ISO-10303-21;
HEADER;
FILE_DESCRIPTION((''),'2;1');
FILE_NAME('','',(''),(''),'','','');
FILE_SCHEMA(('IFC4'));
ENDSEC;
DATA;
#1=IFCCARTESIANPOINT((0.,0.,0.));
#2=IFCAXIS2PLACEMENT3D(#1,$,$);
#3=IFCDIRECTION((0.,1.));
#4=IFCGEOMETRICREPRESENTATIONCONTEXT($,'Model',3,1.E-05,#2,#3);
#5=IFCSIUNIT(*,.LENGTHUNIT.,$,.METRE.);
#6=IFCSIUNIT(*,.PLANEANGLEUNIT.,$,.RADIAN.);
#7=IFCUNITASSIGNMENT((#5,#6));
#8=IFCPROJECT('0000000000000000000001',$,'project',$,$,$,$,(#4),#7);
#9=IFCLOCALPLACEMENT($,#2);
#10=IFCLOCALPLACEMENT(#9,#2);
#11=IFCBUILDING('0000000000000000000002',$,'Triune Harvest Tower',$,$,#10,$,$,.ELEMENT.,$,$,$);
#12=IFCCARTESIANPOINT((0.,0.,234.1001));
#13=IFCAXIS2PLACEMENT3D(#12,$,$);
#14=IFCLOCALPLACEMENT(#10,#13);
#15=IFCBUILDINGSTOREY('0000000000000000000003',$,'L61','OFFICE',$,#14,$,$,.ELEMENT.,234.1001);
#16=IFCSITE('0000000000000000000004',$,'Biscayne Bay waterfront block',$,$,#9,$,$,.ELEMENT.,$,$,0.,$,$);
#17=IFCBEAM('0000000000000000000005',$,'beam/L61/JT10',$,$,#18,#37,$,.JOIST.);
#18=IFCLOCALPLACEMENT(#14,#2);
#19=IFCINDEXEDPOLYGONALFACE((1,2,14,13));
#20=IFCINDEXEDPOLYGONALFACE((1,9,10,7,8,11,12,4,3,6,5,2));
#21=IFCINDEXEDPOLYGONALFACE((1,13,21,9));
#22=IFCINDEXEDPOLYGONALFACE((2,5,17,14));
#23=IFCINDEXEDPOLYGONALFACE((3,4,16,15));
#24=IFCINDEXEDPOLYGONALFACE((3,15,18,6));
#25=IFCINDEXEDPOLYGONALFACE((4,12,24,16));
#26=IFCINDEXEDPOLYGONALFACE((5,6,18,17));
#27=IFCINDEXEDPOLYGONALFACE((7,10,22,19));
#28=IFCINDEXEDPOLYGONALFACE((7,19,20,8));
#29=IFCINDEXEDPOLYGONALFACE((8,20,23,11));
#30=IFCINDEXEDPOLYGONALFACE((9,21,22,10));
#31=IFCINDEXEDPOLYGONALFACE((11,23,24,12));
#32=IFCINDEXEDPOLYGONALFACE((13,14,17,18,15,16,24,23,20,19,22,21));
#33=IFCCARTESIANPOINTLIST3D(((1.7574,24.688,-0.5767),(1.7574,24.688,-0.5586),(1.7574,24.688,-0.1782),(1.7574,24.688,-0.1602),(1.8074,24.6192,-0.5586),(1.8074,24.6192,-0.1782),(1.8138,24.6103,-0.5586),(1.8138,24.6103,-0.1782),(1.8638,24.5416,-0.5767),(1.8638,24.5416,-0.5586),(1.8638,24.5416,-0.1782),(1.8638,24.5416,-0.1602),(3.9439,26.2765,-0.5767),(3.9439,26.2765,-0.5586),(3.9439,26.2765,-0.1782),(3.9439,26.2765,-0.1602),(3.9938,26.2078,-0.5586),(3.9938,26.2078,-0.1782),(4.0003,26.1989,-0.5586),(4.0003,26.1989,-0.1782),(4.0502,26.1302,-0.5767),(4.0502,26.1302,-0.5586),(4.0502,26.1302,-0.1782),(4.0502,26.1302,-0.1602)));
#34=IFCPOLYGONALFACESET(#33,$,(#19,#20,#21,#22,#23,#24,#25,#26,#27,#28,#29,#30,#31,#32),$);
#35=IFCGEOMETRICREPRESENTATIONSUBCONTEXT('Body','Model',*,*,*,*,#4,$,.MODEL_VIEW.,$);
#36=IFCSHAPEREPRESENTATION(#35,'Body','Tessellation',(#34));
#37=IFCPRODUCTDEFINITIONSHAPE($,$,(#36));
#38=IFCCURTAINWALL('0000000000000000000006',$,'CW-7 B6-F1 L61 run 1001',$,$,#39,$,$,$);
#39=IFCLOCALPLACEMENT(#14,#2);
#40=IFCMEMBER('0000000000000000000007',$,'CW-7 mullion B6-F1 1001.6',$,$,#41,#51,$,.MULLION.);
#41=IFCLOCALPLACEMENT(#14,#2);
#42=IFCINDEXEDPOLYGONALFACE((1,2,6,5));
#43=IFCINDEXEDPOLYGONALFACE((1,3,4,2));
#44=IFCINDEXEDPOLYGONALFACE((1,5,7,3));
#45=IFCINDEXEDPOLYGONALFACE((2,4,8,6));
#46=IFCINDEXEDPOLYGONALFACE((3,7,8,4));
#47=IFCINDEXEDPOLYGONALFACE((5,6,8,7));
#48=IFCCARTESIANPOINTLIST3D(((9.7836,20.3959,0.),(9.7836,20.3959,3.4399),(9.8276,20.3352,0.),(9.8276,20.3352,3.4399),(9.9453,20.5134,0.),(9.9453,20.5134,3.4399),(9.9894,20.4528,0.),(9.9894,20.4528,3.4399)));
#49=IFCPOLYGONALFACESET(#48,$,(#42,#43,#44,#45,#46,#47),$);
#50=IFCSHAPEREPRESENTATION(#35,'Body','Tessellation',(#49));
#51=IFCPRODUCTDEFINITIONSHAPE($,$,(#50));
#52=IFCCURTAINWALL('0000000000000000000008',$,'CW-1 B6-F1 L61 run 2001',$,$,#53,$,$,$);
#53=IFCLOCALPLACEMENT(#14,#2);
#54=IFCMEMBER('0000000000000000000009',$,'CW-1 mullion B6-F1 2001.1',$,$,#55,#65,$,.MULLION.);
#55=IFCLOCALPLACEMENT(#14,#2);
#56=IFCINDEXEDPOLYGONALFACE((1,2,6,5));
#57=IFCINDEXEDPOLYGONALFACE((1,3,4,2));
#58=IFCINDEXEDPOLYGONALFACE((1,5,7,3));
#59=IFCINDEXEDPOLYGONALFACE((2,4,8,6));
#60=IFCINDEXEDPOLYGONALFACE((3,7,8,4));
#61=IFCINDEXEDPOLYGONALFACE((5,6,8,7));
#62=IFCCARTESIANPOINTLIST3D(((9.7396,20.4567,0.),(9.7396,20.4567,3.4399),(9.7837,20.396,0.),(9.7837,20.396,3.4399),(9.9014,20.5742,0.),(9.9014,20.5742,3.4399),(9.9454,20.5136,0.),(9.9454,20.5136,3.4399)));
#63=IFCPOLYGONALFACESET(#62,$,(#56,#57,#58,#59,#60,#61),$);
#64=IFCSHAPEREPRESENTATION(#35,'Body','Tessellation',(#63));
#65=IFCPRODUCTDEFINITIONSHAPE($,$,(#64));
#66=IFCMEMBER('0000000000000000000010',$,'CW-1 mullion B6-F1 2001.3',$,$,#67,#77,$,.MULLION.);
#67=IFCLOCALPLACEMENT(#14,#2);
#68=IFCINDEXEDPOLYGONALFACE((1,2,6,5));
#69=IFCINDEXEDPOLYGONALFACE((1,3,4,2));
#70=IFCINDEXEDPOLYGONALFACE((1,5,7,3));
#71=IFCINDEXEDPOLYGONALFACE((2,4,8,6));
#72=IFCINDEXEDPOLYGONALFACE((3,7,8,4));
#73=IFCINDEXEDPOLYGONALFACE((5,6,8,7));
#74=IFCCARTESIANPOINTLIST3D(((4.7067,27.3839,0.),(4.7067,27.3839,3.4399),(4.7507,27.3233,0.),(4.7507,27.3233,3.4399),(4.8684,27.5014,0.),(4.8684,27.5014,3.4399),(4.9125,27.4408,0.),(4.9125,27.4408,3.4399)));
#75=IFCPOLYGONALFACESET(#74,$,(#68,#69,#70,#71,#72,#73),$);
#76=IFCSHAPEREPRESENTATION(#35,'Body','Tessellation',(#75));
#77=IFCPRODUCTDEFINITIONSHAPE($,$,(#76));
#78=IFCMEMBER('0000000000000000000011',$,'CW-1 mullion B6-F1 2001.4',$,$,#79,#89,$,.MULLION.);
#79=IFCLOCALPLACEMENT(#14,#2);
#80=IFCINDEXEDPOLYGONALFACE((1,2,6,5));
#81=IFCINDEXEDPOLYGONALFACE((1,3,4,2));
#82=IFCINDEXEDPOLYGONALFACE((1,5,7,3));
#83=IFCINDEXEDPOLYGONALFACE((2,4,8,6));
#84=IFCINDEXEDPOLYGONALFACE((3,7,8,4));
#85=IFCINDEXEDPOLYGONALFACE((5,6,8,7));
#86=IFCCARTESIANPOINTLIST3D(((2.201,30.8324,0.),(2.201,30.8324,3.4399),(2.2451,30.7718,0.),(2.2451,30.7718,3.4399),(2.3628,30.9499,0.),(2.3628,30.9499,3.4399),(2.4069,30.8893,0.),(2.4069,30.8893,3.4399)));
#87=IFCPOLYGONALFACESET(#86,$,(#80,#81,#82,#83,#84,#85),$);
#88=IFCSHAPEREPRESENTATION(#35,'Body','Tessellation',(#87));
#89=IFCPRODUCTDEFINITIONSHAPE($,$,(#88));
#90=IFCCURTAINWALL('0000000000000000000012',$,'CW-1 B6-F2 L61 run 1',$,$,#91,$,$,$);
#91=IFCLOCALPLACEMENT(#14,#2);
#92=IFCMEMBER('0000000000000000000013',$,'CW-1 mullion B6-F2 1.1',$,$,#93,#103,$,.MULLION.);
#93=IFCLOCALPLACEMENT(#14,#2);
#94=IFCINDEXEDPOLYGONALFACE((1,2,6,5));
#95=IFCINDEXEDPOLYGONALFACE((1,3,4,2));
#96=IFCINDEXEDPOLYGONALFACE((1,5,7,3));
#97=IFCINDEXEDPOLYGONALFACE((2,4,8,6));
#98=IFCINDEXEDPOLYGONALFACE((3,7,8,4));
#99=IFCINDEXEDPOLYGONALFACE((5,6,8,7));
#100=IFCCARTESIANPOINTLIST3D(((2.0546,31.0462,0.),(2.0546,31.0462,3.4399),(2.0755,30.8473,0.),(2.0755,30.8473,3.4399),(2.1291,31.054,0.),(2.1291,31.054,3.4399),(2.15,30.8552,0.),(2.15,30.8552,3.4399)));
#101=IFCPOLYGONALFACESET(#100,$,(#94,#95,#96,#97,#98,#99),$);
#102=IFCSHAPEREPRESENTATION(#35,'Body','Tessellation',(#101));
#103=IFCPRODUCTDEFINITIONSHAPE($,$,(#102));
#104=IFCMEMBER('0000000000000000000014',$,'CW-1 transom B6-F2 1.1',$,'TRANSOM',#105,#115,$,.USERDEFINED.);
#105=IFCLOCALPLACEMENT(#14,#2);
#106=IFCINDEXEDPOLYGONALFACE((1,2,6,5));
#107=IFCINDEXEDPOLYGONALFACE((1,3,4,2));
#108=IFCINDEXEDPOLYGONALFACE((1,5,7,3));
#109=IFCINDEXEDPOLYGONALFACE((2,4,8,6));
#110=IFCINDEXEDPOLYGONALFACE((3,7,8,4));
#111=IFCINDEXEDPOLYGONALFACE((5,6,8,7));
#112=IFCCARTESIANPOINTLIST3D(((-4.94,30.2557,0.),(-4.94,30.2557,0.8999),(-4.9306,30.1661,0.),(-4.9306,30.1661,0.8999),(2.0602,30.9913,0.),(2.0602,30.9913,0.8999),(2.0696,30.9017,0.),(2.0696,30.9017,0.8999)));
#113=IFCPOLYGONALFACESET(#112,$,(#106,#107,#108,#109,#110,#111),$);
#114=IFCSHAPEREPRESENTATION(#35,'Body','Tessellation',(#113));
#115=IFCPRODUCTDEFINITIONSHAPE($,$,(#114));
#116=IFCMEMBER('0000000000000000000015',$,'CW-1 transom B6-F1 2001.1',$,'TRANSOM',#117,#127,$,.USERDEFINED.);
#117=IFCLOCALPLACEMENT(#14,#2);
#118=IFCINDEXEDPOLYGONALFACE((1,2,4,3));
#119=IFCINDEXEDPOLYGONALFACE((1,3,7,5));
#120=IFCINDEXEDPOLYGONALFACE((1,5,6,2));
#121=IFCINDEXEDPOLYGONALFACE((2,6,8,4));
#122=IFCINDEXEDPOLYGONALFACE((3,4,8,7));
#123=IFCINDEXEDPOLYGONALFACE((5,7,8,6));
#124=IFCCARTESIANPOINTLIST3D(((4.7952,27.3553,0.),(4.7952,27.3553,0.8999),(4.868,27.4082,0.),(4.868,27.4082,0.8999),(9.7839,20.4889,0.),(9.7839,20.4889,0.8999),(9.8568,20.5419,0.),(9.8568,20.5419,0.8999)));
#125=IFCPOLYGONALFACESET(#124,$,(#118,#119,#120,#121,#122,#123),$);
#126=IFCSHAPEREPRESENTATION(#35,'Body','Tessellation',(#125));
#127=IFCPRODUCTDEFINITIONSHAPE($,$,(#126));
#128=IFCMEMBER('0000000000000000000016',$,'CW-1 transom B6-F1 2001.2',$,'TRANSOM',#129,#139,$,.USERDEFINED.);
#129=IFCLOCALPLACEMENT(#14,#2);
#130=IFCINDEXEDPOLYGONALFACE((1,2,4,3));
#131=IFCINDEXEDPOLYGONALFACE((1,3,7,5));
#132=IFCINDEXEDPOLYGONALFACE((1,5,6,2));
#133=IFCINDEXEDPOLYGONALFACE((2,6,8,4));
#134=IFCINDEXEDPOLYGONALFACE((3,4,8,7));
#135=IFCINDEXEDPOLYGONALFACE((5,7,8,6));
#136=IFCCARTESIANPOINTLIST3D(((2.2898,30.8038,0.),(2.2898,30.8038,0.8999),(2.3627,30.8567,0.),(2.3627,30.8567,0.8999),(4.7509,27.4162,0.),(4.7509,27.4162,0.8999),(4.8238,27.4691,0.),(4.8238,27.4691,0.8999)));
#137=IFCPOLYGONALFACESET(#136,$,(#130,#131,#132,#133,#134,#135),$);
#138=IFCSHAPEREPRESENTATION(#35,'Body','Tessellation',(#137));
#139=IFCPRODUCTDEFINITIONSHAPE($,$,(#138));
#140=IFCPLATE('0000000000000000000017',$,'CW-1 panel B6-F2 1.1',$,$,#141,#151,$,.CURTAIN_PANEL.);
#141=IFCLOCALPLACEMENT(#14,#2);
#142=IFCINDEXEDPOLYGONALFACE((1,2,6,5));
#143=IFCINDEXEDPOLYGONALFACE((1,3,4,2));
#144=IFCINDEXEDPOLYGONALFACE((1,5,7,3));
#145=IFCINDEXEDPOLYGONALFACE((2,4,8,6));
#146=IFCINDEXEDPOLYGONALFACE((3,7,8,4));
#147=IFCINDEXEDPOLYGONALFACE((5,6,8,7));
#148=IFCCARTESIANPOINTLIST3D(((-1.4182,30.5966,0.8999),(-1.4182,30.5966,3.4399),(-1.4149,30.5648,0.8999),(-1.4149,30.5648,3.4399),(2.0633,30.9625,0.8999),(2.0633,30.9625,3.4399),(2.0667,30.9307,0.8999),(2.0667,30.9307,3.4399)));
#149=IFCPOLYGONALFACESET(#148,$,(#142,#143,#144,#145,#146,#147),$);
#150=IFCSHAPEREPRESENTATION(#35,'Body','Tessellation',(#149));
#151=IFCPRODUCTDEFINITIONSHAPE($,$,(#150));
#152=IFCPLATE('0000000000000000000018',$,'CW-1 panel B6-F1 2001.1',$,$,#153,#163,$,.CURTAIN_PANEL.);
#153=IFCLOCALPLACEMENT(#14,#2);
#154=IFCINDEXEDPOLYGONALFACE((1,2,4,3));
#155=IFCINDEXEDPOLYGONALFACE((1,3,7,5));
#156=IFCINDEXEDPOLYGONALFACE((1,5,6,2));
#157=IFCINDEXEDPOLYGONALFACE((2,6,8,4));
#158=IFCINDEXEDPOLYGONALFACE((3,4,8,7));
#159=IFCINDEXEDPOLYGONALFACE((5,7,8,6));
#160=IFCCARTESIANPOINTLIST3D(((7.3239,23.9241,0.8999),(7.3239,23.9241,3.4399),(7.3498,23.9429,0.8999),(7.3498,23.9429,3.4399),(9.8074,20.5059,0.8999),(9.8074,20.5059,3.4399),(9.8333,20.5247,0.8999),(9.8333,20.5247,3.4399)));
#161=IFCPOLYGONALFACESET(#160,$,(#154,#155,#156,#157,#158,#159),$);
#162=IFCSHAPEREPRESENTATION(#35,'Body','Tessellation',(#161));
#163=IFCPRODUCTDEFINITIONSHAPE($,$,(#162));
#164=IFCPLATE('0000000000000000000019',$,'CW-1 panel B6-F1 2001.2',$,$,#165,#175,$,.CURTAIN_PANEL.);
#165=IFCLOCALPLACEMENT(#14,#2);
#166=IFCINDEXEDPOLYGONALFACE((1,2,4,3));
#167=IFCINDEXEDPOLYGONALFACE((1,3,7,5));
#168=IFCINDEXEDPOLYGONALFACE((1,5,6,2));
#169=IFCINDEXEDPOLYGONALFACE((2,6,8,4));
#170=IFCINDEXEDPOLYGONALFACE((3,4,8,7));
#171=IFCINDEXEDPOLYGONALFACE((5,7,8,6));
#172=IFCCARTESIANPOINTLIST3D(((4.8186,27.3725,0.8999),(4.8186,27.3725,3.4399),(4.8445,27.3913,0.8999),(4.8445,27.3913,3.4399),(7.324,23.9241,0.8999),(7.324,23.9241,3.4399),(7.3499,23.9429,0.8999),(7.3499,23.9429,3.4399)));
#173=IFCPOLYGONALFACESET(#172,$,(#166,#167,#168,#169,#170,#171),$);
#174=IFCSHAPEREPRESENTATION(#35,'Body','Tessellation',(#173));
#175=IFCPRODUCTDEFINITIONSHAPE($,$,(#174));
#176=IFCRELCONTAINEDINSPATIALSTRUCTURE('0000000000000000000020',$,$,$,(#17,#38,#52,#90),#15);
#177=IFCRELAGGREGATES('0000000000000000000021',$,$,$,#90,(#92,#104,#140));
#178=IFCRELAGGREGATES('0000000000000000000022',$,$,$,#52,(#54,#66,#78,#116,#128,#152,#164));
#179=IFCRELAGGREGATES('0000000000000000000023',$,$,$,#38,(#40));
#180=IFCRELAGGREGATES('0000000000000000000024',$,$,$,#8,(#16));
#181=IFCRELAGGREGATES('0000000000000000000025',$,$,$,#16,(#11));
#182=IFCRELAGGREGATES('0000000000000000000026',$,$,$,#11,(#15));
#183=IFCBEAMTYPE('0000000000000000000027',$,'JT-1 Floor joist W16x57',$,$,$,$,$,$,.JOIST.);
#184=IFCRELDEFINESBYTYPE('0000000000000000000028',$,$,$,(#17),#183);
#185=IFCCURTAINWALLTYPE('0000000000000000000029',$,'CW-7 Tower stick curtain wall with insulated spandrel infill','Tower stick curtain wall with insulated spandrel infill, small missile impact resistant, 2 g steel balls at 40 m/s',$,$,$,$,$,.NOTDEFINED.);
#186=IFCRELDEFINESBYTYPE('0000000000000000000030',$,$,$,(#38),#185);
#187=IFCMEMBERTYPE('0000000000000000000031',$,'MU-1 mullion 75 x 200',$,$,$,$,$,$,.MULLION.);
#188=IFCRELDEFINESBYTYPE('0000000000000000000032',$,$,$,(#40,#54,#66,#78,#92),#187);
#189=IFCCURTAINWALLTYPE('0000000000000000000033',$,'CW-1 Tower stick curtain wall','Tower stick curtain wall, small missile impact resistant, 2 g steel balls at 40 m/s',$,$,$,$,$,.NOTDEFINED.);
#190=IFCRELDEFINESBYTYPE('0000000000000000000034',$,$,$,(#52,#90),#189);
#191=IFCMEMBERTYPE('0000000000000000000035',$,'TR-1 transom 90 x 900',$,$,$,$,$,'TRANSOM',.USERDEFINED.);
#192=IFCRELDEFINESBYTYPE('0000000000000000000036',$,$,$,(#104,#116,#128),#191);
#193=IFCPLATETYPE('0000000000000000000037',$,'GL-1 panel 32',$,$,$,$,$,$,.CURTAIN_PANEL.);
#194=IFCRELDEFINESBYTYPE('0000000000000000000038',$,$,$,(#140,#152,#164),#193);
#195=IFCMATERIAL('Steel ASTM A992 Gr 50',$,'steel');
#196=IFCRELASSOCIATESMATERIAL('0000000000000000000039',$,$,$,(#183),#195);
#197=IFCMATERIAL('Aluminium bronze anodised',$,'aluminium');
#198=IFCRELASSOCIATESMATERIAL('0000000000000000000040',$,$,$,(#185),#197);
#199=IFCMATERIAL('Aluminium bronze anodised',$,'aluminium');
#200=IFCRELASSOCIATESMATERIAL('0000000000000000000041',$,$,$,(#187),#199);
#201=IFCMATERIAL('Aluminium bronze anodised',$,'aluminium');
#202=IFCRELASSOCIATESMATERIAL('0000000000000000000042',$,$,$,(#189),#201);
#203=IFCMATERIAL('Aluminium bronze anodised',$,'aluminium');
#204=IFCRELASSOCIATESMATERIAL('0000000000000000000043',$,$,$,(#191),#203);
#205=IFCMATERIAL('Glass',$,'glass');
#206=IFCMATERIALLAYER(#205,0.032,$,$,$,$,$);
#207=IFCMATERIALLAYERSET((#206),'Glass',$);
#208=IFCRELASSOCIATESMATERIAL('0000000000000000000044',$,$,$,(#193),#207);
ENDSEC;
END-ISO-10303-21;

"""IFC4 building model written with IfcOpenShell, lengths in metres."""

from ifc_helpers import new_model, si_unit, direction, frame, origin, origin_2d, place, context, subcontext, project, spatial, rectangle, i_section, extrude, source, transform, mapped, material, layer, layer_set, material_profile, profile_set, type_object, element, aggregate, save


model = new_model("IFC4")

# Units and contexts
model_context = context("Model", 3, precision=1e-05, world=origin(), true_north=direction((0.0, 1.0)))
body_context = subcontext(model_context, "Body", "Model", "MODEL_VIEW")
ifc_project = project(units=[si_unit("LENGTHUNIT", "METRE"), si_unit("PLANEANGLEUNIT", "RADIAN")], contexts=[model_context])

# Site, building, storey
site_placement = place(None, origin())
site = spatial("IfcSite", under=ifc_project, at=site_placement, Name="Biscayne Bay waterfront block", CompositionType="ELEMENT", RefElevation=0.0)
building_placement = place(site_placement, origin())
building = spatial("IfcBuilding", under=site, at=building_placement, Name="Triune Harvest Tower", CompositionType="ELEMENT")
storey_placement = place(building_placement, frame((0.0, 0.0, 234.1001)))
storey = spatial("IfcBuildingStorey", under=building, at=storey_placement, Name="L61", Description="OFFICE", CompositionType="ELEMENT", Elevation=234.1001)

# Beam
ifc_material_1 = material(Name="Steel ASTM A992 Gr 50", Category="steel")
ifc_material_profile_1 = material_profile(ifc_material_1, i_section(OverallWidth=0.1809, OverallDepth=0.4165, WebThickness=0.011, FlangeThickness=0.0181, at=origin_2d()), Name="W16x57")
ifc_profile_set_1 = profile_set([ifc_material_profile_1], Name="Steel ASTM A992 Gr 50")
beam_type_1 = type_object("IfcBeamType", Name="JT-1 Floor joist W16x57", PredefinedType="JOIST", material=ifc_profile_set_1)
shared_shape_1 = source(origin(), body_context, "Body", "SweptSolid", [
    extrude(i_section(OverallWidth=0.1809, OverallDepth=0.4165, WebThickness=0.011, FlangeThickness=0.0181, at=origin_2d()), origin(), (0.0, 0.0, 1.0), 2.7026),
])
beam_1_placement = place(storey_placement, frame((3.9971, 26.2034, -0.3684), z_axis=(-0.809013, -0.58779, 0.0), x_axis=(0.58779, -0.809013, 0.0)))
element("IfcBeam", 1, at=beam_1_placement, inside=storey, type_object=beam_type_1, Name="beam/L61/JT10", PredefinedType="JOIST", context=body_context, shape_type="MappedRepresentation", body=[
    mapped(shared_shape_1, transform((0.0, 0.0, 0.0), scale=1.0)),
])

# Curtain wall, member
ifc_material_2 = material(Name="Aluminium bronze anodised", Category="aluminium")
curtain_wall_type_1 = type_object("IfcCurtainWallType", Name="CW-7 Tower stick curtain wall with insulated spandrel infill", Description="Tower stick curtain wall with insulated spandrel infill, small missile impact resistant, 2 g steel balls at 40 m/s", PredefinedType="NOTDEFINED", material=ifc_material_2)
curtain_wall_1_placement = place(storey_placement, origin())
curtain_wall_1 = element("IfcCurtainWall", 2, at=curtain_wall_1_placement, inside=storey, type_object=curtain_wall_type_1, Name="CW-7 B6-F1 L61 run 1001")
ifc_material_3 = material(Name="Aluminium bronze anodised", Category="aluminium")
ifc_material_profile_2 = material_profile(ifc_material_3, rectangle(XDim=0.2, YDim=0.075, at=origin_2d()), Name="MU-1 mullion 75 x 200")
ifc_profile_set_2 = profile_set([ifc_material_profile_2], Name="Aluminium bronze anodised")
member_type_1 = type_object("IfcMemberType", Name="MU-1 mullion 75 x 200", PredefinedType="MULLION", material=ifc_profile_set_2)
shared_shape_2 = source(origin(), body_context, "Body", "SweptSolid", [
    extrude(rectangle(XDim=0.2, YDim=0.075, at=origin_2d()), origin(), (0.0, 0.0, 1.0), 3.4399),
])
member_1_placement = place(storey_placement, frame((9.8865, 20.4243, 0.0), z_axis=(0.0, 0.0, 1.0), x_axis=(-0.809017, -0.587785, 0.0)))
member_1 = element("IfcMember", 3, at=member_1_placement, type_object=member_type_1, Name="CW-7 mullion B6-F1 1001.6", PredefinedType="MULLION", context=body_context, shape_type="MappedRepresentation", body=[
    mapped(shared_shape_2, transform((0.0, 0.0, 0.0), scale=1.0)),
])

# Curtain walls, members
ifc_material_4 = material(Name="Aluminium bronze anodised", Category="aluminium")
curtain_wall_type_2 = type_object("IfcCurtainWallType", Name="CW-1 Tower stick curtain wall", Description="Tower stick curtain wall, small missile impact resistant, 2 g steel balls at 40 m/s", PredefinedType="NOTDEFINED", material=ifc_material_4)
curtain_wall_2_placement = place(storey_placement, origin())
curtain_wall_2 = element("IfcCurtainWall", 4, at=curtain_wall_2_placement, inside=storey, type_object=curtain_wall_type_2, Name="CW-1 B6-F1 L61 run 2001")
member_2_placement = place(storey_placement, frame((9.8425, 20.4851, 0.0), z_axis=(0.0, 0.0, 1.0), x_axis=(-0.809016, -0.587786, 0.0)))
member_2 = element("IfcMember", 5, at=member_2_placement, type_object=member_type_1, Name="CW-1 mullion B6-F1 2001.1", PredefinedType="MULLION", context=body_context, shape_type="MappedRepresentation", body=[
    mapped(shared_shape_2, transform((0.0, 0.0, 0.0), scale=1.0)),
])
member_3_placement = place(storey_placement, frame((4.8096, 27.4124, 0.0), z_axis=(0.0, 0.0, 1.0), x_axis=(-0.809016, -0.587786, 0.0)))
member_3 = element("IfcMember", 6, at=member_3_placement, type_object=member_type_1, Name="CW-1 mullion B6-F1 2001.3", PredefinedType="MULLION", context=body_context, shape_type="MappedRepresentation", body=[
    mapped(shared_shape_2, transform((0.0, 0.0, 0.0), scale=1.0)),
])
member_4_placement = place(storey_placement, frame((2.304, 30.8608, 0.0), z_axis=(0.0, 0.0, 1.0), x_axis=(-0.809016, -0.587786, 0.0)))
member_4 = element("IfcMember", 7, at=member_4_placement, type_object=member_type_1, Name="CW-1 mullion B6-F1 2001.4", PredefinedType="MULLION", context=body_context, shape_type="MappedRepresentation", body=[
    mapped(shared_shape_2, transform((0.0, 0.0, 0.0), scale=1.0)),
])
curtain_wall_3_placement = place(storey_placement, origin())
curtain_wall_3 = element("IfcCurtainWall", 8, at=curtain_wall_3_placement, inside=storey, type_object=curtain_wall_type_2, Name="CW-1 B6-F2 L61 run 1")
member_5_placement = place(storey_placement, frame((2.1023, 30.9507, 0.0), z_axis=(0.0, 0.0, 1.0), x_axis=(0.10453, -0.994522, 0.0)))
member_5 = element("IfcMember", 9, at=member_5_placement, type_object=member_type_1, Name="CW-1 mullion B6-F2 1.1", PredefinedType="MULLION", context=body_context, shape_type="MappedRepresentation", body=[
    mapped(shared_shape_2, transform((0.0, 0.0, 0.0), scale=1.0)),
])
ifc_material_5 = material(Name="Aluminium bronze anodised", Category="aluminium")
ifc_material_profile_3 = material_profile(ifc_material_5, rectangle(XDim=0.0901, YDim=0.8999, at=origin_2d()), Name="TR-1 transom 90 x 900")
ifc_profile_set_3 = profile_set([ifc_material_profile_3], Name="Aluminium bronze anodised")
member_type_2 = type_object("IfcMemberType", Name="TR-1 transom 90 x 900", ElementType="TRANSOM", PredefinedType="USERDEFINED", material=ifc_profile_set_3)
shared_shape_3 = source(origin(), body_context, "Body", "SweptSolid", [
    extrude(rectangle(XDim=0.0901, YDim=0.8999, at=origin_2d()), origin(), (0.0, 0.0, 1.0), 7.0388),
])
member_6_placement = place(storey_placement, frame((2.0649, 30.9465, 0.45), z_axis=(-0.994524, -0.104506, 0.0), x_axis=(0.104506, -0.994524, 0.0)))
member_6 = element("IfcMember", 10, at=member_6_placement, type_object=member_type_2, Name="CW-1 transom B6-F2 1.1", ObjectType="TRANSOM", PredefinedType="USERDEFINED", context=body_context, shape_type="MappedRepresentation", body=[
    mapped(shared_shape_3, transform((0.0, 0.0, 0.0), scale=1.0)),
])

# Members
shared_shape_4 = source(origin(), body_context, "Body", "SweptSolid", [
    extrude(rectangle(XDim=0.0901, YDim=0.8999, at=origin_2d()), origin(), (0.0, 0.0, 1.0), 8.4873),
])
member_7_placement = place(storey_placement, frame((9.8203, 20.5154, 0.45), z_axis=(-0.587785, 0.809017, 0.0), x_axis=(-0.809017, -0.587785, 0.0)))
member_7 = element("IfcMember", 11, at=member_7_placement, type_object=member_type_2, Name="CW-1 transom B6-F1 2001.1", ObjectType="TRANSOM", PredefinedType="USERDEFINED", context=body_context, shape_type="MappedRepresentation", body=[
    mapped(shared_shape_4, transform((0.0, 0.0, 0.0), scale=1.0)),
])
shared_shape_5 = source(origin(), body_context, "Body", "SweptSolid", [
    extrude(rectangle(XDim=0.0901, YDim=0.8999, at=origin_2d()), origin(), (0.0, 0.0, 1.0), 4.1873),
])
member_8_placement = place(storey_placement, frame((4.7874, 27.4426, 0.45), z_axis=(-0.587766, 0.809031, 0.0), x_axis=(-0.809031, -0.587766, 0.0)))
member_8 = element("IfcMember", 12, at=member_8_placement, type_object=member_type_2, Name="CW-1 transom B6-F1 2001.2", ObjectType="TRANSOM", PredefinedType="USERDEFINED", context=body_context, shape_type="MappedRepresentation", body=[
    mapped(shared_shape_5, transform((0.0, 0.0, 0.0), scale=1.0)),
])

# Plates
ifc_material_6 = material(Name="Glass", Category="glass")
ifc_layer_1 = layer(ifc_material_6, 0.032)
ifc_layer_set_1 = layer_set([ifc_layer_1], Name="Glass")
plate_type_1 = type_object("IfcPlateType", Name="GL-1 panel 32", PredefinedType="CURTAIN_PANEL", material=ifc_layer_set_1)
shared_shape_6 = source(origin(), body_context, "Body", "SweptSolid", [
    extrude(rectangle(XDim=3.5007, YDim=0.032, at=origin_2d()), origin(), (0.0, 0.0, 1.0), 2.54),
])
plate_1_placement = place(storey_placement, frame((0.3242, 30.7637, 0.8999), z_axis=(0.0, 0.0, 1.0), x_axis=(-0.994522, -0.10453, 0.0)))
plate_1 = element("IfcPlate", 13, at=plate_1_placement, type_object=plate_type_1, Name="CW-1 panel B6-F2 1.1", PredefinedType="CURTAIN_PANEL", context=body_context, shape_type="MappedRepresentation", body=[
    mapped(shared_shape_6, transform((0.0, 0.0, 0.0), scale=1.0)),
])
aggregate(curtain_wall_3, [member_5, member_6, plate_1])
shared_shape_7 = source(origin(), body_context, "Body", "SweptSolid", [
    extrude(rectangle(XDim=4.2251, YDim=0.032, at=origin_2d()), origin(), (0.0, 0.0, 1.0), 2.54),
])
plate_2_placement = place(storey_placement, frame((8.5786, 22.2244, 0.8999), z_axis=(0.0, 0.0, 1.0), x_axis=(-0.587786, 0.809016, 0.0)))
plate_2 = element("IfcPlate", 14, at=plate_2_placement, type_object=plate_type_1, Name="CW-1 panel B6-F1 2001.1", PredefinedType="CURTAIN_PANEL", context=body_context, shape_type="MappedRepresentation", body=[
    mapped(shared_shape_7, transform((0.0, 0.0, 0.0), scale=1.0)),
])
shared_shape_8 = source(origin(), body_context, "Body", "SweptSolid", [
    extrude(rectangle(XDim=4.2625, YDim=0.032, at=origin_2d()), origin(), (0.0, 0.0, 1.0), 2.54),
])
plate_3_placement = place(storey_placement, frame((6.0842, 25.6577, 0.8999), z_axis=(0.0, 0.0, 1.0), x_axis=(-0.587786, 0.809016, 0.0)))
plate_3 = element("IfcPlate", 15, at=plate_3_placement, type_object=plate_type_1, Name="CW-1 panel B6-F1 2001.2", PredefinedType="CURTAIN_PANEL", context=body_context, shape_type="MappedRepresentation", body=[
    mapped(shared_shape_8, transform((0.0, 0.0, 0.0), scale=1.0)),
])
aggregate(curtain_wall_2, [member_2, member_3, member_4, member_7, member_8, plate_2, plate_3])
aggregate(curtain_wall_1, [member_1])

save(model, "model.ifc")
